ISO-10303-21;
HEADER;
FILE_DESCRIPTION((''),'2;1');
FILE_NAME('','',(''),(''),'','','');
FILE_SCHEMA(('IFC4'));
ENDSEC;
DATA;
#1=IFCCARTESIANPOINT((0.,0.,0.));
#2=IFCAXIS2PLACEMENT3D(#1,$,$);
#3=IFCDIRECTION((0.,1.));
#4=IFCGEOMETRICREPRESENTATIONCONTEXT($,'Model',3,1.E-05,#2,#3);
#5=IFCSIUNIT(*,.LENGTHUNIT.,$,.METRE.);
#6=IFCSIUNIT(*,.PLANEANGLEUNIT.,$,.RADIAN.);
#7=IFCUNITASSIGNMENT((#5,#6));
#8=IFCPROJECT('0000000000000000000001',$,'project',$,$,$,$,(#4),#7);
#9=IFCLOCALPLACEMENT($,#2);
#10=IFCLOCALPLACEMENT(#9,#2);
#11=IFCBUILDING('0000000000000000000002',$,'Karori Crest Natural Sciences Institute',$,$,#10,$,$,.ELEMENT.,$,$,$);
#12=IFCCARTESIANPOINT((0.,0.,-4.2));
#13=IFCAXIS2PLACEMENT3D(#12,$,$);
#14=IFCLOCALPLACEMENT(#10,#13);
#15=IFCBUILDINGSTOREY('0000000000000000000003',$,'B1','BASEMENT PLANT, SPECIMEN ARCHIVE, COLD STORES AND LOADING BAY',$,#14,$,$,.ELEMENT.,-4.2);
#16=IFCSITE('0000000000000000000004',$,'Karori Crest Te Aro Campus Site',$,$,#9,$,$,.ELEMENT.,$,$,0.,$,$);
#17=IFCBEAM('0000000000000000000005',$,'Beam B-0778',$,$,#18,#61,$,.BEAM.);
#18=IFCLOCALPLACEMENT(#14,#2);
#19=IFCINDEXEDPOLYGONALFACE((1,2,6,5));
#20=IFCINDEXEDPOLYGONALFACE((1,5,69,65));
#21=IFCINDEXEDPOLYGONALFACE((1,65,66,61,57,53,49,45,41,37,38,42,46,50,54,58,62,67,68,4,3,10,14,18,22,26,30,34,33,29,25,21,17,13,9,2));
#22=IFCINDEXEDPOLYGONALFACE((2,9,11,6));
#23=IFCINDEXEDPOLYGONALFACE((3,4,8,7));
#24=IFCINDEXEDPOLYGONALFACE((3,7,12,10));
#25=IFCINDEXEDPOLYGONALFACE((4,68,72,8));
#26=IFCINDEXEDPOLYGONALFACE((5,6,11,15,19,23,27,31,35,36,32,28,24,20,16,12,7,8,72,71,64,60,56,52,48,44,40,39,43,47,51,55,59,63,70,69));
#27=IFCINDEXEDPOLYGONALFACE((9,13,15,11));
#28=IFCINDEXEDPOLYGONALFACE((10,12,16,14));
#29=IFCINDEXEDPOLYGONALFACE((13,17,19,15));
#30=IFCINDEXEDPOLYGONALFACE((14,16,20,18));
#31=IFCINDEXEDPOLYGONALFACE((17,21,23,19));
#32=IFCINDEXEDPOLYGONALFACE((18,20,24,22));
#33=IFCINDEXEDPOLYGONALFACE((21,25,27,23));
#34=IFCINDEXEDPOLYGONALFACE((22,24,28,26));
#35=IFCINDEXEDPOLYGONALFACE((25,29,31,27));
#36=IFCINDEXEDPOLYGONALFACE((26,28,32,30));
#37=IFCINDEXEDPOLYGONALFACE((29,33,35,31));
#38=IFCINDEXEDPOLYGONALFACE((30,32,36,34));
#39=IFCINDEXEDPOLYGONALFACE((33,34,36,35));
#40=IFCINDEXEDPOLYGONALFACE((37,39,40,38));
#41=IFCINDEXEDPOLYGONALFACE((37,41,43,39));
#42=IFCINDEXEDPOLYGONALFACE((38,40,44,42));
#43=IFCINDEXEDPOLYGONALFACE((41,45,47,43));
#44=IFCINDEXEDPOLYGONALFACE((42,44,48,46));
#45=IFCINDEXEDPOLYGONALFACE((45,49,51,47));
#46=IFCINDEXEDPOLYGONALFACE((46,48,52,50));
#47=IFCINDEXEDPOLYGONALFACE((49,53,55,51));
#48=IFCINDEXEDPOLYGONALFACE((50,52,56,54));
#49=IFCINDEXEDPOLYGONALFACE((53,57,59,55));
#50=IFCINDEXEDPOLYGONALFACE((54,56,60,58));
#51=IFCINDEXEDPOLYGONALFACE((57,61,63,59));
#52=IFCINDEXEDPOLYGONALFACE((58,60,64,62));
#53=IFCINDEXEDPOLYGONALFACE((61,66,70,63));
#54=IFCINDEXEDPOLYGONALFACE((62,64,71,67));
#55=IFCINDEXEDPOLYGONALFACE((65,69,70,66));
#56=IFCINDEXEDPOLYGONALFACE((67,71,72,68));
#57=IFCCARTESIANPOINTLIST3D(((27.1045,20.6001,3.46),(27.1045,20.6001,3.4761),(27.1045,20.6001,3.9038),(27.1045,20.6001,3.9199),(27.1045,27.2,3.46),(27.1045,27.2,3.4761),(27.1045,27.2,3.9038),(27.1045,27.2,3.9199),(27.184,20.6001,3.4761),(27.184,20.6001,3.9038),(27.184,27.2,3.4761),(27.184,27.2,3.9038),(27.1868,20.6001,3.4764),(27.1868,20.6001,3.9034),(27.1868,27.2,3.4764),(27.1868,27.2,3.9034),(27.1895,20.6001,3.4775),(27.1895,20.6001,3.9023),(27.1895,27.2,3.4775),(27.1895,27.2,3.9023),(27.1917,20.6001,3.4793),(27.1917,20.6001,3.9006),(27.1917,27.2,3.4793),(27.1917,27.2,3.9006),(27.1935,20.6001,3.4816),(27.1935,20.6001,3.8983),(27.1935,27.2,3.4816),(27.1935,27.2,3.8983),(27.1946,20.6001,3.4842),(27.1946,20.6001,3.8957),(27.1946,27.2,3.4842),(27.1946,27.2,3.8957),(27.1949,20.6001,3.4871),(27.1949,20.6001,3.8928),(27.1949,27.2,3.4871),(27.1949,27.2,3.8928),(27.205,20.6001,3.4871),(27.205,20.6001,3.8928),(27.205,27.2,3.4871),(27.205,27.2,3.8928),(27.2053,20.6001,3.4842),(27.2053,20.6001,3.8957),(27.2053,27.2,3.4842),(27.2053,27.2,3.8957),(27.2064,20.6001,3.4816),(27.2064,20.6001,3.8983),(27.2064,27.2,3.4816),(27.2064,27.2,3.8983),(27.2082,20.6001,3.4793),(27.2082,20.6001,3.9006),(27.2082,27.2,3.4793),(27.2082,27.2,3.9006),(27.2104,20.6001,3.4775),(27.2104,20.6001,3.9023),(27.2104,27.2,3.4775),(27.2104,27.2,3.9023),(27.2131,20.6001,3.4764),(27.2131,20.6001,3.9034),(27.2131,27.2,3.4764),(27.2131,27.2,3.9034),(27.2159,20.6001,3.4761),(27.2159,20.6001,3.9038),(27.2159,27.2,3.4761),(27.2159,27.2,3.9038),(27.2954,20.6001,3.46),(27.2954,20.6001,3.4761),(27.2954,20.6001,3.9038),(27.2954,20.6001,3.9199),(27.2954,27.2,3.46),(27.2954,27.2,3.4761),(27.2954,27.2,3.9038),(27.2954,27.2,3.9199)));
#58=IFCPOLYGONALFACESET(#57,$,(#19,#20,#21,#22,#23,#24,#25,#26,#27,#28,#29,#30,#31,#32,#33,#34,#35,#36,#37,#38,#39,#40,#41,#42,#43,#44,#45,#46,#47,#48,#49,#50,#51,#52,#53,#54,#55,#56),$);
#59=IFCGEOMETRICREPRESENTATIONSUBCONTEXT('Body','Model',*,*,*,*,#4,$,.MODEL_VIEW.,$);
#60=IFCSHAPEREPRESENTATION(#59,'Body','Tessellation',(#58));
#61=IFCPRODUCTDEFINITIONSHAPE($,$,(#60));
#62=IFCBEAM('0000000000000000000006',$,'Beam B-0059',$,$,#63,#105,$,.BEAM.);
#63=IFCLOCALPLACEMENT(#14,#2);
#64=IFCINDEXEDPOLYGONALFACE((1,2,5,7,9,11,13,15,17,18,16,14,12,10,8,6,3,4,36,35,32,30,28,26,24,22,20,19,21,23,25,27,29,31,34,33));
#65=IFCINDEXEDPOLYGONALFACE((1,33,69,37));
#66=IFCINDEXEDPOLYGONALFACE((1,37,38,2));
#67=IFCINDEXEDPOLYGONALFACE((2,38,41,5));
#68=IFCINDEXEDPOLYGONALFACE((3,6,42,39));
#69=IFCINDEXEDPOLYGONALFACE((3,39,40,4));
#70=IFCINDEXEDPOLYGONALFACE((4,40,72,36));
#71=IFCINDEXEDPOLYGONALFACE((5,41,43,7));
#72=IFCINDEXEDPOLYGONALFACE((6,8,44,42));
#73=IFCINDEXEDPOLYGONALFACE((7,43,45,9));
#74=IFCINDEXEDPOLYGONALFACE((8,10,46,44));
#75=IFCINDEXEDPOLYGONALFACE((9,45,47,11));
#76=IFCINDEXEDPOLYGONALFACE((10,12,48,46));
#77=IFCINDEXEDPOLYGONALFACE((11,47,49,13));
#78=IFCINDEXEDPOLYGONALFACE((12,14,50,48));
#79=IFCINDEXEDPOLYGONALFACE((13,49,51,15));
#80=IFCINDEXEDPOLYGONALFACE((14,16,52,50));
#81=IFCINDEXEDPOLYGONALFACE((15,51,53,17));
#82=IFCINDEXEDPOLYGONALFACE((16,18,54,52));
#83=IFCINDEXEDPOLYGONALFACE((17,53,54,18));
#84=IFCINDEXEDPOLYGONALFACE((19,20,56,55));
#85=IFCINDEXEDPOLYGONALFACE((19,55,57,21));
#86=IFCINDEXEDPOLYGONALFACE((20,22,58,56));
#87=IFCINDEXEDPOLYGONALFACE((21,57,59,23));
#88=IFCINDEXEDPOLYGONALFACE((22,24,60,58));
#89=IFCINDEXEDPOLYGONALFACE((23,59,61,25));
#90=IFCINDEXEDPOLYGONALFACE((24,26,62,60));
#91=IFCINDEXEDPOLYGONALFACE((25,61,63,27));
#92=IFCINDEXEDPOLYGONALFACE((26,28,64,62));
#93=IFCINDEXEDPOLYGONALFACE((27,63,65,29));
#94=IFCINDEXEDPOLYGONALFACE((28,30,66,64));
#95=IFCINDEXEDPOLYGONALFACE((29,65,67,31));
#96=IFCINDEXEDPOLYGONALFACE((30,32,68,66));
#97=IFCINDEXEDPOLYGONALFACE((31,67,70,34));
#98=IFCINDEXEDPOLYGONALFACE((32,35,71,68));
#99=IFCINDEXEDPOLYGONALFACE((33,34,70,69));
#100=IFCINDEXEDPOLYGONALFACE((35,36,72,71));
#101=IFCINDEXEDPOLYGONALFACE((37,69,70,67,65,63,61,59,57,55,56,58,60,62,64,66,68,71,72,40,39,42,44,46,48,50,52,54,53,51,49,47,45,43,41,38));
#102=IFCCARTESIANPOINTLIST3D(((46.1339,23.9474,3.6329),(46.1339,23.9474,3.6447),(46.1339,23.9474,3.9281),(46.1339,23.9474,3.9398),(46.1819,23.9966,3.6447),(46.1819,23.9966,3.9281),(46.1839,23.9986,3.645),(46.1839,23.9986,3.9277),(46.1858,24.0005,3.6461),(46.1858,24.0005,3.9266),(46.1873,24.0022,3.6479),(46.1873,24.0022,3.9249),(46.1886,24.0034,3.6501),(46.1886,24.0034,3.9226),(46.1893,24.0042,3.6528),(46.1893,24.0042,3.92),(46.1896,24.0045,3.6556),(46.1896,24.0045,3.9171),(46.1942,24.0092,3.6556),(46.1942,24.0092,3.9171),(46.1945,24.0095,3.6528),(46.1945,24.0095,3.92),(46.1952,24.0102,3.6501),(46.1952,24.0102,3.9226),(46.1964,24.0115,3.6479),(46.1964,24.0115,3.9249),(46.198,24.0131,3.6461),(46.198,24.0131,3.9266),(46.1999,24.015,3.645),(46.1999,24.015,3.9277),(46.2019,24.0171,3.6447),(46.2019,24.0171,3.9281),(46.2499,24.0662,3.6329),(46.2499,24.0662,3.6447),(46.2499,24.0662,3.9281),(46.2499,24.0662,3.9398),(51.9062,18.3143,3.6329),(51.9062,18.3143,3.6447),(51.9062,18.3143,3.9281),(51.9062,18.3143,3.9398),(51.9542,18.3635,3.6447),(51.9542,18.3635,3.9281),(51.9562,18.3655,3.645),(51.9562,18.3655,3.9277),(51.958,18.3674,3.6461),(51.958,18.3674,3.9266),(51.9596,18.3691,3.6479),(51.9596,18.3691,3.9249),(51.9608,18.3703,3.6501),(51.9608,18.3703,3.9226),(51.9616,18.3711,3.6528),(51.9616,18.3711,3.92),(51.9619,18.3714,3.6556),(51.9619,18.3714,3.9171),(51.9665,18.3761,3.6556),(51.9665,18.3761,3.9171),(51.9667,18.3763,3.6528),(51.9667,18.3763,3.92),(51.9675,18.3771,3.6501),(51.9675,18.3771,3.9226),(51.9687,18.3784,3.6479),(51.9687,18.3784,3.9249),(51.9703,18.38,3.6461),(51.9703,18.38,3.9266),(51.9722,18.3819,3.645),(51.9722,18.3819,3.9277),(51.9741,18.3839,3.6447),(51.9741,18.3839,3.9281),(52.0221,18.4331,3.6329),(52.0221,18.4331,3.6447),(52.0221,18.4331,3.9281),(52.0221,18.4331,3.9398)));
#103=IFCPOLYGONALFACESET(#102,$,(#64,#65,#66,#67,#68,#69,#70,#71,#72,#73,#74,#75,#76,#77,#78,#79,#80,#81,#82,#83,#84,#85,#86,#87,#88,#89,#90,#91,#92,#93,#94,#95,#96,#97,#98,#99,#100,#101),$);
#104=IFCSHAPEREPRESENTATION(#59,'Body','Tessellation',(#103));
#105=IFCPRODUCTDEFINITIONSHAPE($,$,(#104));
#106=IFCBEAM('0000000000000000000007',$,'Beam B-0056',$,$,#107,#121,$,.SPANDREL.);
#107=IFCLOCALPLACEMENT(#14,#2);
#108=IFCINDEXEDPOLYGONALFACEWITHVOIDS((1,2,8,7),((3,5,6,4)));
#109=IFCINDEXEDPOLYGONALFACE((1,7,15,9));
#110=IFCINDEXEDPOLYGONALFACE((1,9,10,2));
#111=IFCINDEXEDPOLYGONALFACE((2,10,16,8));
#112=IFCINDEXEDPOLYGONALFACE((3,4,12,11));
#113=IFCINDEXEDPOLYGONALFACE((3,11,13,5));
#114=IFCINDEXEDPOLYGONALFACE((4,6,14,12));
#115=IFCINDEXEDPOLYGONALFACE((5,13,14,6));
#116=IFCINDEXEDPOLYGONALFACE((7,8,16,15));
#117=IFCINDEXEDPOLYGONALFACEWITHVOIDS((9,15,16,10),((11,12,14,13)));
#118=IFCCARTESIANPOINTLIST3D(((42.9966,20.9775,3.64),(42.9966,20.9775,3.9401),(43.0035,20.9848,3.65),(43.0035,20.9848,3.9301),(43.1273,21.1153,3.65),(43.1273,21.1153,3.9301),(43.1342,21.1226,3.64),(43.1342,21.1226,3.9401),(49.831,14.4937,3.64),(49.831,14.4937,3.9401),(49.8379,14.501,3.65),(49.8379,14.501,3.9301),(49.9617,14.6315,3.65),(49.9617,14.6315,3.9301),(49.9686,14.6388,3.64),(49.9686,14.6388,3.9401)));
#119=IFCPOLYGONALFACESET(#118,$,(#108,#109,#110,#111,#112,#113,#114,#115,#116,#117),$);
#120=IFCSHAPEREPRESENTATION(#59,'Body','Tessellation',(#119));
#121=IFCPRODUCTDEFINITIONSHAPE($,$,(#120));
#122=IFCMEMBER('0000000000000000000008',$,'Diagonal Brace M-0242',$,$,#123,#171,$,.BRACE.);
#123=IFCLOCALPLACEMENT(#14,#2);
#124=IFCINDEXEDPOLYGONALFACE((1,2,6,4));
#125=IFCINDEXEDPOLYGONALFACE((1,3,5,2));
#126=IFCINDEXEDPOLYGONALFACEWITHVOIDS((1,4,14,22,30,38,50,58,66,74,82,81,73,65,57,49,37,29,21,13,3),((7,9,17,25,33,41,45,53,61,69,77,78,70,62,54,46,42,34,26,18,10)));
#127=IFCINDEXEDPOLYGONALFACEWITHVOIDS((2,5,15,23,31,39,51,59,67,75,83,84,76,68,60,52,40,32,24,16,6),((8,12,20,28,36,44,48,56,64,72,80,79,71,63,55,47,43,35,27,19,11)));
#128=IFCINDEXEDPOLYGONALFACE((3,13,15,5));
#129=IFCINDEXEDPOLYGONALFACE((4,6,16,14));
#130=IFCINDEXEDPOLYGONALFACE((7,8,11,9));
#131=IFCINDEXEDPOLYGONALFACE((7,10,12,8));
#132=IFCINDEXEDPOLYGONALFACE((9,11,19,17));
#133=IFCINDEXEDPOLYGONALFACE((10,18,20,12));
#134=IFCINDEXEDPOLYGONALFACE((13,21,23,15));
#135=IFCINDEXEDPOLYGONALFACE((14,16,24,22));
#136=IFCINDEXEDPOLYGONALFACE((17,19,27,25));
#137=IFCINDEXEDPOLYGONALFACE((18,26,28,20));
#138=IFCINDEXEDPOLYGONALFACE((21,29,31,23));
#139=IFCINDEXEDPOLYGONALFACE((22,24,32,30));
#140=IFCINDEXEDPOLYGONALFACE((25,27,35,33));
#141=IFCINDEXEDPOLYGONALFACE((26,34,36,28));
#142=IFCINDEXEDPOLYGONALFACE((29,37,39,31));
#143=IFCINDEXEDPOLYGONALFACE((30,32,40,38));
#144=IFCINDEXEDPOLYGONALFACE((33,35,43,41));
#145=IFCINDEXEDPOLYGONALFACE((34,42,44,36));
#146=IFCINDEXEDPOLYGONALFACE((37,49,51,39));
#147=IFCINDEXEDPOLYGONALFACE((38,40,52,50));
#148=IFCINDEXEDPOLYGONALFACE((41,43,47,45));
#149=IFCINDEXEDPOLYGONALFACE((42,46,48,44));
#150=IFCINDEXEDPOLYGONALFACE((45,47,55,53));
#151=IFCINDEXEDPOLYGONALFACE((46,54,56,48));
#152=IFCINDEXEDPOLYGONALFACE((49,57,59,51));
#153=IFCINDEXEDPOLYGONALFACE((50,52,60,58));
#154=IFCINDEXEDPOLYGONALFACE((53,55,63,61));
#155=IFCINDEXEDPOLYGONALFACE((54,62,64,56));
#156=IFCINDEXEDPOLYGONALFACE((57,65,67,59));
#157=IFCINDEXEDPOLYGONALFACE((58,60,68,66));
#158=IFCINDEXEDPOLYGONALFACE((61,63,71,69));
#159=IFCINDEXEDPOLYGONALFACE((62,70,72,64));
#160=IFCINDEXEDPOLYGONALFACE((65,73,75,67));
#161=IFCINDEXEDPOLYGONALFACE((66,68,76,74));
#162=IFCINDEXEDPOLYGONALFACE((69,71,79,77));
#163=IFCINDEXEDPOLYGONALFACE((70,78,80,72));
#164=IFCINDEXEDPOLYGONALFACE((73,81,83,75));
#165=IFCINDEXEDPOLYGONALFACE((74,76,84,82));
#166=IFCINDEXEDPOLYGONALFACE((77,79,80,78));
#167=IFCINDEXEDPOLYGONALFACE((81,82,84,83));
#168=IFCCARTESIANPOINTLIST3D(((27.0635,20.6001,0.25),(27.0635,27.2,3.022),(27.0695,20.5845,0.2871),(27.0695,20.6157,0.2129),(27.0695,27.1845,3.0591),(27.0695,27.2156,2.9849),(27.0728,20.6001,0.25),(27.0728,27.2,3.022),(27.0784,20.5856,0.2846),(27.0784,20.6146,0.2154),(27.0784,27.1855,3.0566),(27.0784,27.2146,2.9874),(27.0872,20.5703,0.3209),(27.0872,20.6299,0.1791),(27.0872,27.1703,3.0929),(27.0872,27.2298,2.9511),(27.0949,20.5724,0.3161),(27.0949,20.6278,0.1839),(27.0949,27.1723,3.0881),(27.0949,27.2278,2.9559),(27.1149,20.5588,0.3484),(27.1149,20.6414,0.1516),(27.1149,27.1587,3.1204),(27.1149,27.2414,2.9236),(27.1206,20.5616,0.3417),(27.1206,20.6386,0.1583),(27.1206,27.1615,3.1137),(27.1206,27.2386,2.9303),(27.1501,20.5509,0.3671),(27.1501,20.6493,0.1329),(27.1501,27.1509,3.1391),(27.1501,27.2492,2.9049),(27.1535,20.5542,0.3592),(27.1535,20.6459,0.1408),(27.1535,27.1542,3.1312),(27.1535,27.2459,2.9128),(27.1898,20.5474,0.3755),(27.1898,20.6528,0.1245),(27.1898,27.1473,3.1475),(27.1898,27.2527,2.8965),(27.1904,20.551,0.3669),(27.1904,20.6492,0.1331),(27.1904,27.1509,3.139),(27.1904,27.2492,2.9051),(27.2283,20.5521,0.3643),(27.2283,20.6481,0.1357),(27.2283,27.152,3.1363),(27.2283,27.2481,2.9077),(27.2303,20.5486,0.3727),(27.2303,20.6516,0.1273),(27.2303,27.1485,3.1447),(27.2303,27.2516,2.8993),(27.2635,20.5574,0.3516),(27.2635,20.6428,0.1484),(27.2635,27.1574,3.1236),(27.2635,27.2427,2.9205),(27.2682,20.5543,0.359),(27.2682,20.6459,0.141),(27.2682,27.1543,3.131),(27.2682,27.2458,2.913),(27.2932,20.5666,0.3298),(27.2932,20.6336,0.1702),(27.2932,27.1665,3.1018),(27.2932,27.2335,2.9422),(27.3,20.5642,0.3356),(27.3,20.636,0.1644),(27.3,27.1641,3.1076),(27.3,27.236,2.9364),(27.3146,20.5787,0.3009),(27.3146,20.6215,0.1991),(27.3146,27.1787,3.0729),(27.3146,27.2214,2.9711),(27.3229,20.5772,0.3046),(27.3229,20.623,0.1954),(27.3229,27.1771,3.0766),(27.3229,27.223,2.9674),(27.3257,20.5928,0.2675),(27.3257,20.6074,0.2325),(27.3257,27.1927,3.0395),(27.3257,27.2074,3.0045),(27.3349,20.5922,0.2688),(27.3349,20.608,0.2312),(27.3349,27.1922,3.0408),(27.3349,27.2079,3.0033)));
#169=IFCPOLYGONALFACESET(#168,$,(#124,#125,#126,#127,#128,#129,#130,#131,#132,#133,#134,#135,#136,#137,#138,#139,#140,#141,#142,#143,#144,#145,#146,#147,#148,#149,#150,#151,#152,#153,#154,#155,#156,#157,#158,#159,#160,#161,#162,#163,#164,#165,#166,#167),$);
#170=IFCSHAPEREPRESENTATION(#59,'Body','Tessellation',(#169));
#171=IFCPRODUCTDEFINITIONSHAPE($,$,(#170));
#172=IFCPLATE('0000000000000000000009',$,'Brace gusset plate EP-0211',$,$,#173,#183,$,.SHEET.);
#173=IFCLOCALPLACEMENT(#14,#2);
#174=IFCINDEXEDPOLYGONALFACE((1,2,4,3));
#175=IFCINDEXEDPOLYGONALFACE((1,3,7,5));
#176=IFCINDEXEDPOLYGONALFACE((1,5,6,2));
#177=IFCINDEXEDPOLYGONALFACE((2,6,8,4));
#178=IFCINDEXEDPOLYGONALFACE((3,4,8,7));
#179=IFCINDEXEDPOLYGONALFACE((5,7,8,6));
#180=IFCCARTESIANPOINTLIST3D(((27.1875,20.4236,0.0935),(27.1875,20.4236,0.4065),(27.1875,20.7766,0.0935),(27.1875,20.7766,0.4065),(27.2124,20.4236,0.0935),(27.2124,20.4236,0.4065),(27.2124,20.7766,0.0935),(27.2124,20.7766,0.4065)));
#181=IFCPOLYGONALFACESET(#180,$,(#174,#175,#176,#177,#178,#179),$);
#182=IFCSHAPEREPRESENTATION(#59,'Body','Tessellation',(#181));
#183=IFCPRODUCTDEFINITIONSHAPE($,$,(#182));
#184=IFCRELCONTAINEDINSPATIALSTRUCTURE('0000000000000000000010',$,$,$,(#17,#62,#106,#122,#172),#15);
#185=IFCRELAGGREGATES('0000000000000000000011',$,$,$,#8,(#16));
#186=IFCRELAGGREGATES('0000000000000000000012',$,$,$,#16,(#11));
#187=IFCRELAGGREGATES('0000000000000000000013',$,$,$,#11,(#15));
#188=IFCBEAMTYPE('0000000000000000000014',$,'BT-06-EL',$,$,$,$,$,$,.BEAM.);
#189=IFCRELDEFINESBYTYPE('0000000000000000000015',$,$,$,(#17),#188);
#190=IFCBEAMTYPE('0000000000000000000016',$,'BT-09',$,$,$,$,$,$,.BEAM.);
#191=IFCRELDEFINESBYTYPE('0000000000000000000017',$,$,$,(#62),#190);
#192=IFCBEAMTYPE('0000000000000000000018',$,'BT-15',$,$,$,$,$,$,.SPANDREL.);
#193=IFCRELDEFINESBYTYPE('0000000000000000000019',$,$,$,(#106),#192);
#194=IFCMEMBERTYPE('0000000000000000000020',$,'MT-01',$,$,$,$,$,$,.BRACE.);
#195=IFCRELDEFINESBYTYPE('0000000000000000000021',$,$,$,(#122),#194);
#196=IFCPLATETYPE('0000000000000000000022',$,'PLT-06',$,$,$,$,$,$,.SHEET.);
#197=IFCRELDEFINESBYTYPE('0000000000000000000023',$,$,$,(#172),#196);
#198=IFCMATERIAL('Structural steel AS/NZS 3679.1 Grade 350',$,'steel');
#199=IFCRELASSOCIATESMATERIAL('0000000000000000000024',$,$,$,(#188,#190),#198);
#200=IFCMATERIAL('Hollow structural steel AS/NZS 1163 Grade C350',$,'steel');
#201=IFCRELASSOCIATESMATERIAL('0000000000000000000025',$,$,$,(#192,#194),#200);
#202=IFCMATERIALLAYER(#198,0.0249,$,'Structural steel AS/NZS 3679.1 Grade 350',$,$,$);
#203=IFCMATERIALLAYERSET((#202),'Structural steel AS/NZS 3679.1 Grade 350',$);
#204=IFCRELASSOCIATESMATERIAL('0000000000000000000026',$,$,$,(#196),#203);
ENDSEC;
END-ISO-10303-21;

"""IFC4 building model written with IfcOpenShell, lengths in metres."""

from ifc_helpers import new_model, si_unit, direction, frame, origin, origin_2d, place, context, subcontext, project, spatial, rectangle, hollow_rectangle, hollow_circle, i_section, extrude, material, layer, layer_set, material_profile, profile_set, type_object, element, save


model = new_model("IFC4")

# Units and contexts
model_context = context("Model", 3, precision=1e-05, world=origin(), true_north=direction((0.0, 1.0)))
body_context = subcontext(model_context, "Body", "Model", "MODEL_VIEW")
ifc_project = project(units=[si_unit("LENGTHUNIT", "METRE"), si_unit("PLANEANGLEUNIT", "RADIAN")], contexts=[model_context])

# Site, building, storey
site_placement = place(None, origin())
site = spatial("IfcSite", under=ifc_project, at=site_placement, Name="Karori Crest Te Aro Campus Site", CompositionType="ELEMENT", RefElevation=0.0)
building_placement = place(site_placement, origin())
building = spatial("IfcBuilding", under=site, at=building_placement, Name="Karori Crest Natural Sciences Institute", CompositionType="ELEMENT")
storey_placement = place(building_placement, frame((0.0, 0.0, -4.2)))
storey = spatial("IfcBuildingStorey", under=building, at=storey_placement, Name="B1", Description="BASEMENT PLANT, SPECIMEN ARCHIVE, COLD STORES AND LOADING BAY", CompositionType="ELEMENT", Elevation=-4.2)

# Shared definitions
ifc_material_1 = material(Name="Structural steel AS/NZS 3679.1 Grade 350", Category="steel")
ifc_material_2 = material(Name="Hollow structural steel AS/NZS 1163 Grade C350", Category="steel")

# Beams
ifc_material_profile_1 = material_profile(ifc_material_1, i_section(OverallWidth=0.1909, OverallDepth=0.46, WebThickness=0.01, FlangeThickness=0.0161, FilletRadius=0.011, at=origin_2d()), Name="460UB82.1")
ifc_profile_set_1 = profile_set([ifc_material_profile_1], Name="Structural steel AS/NZS 3679.1 Grade 350")
beam_type_1 = type_object("IfcBeamType", Name="BT-06-EL", PredefinedType="BEAM", material=ifc_profile_set_1)
beam_1_placement = place(storey_placement, frame((27.2, 20.6001, 3.6899), z_axis=(0.0, 1.0, 0.0), x_axis=(-1.0, 0.0, 0.0)))
element("IfcBeam", 1, at=beam_1_placement, inside=storey, type_object=beam_type_1, Name="Beam B-0778", PredefinedType="BEAM", context=body_context, shape_type="SweptSolid", body=[
    extrude(i_section(OverallWidth=0.1909, OverallDepth=0.46, WebThickness=0.01, FlangeThickness=0.0161, FilletRadius=0.011, at=origin_2d()), origin(), (0.0, 0.0, 1.0), 6.5999),
])
ifc_material_profile_2 = material_profile(ifc_material_1, i_section(OverallWidth=0.166, OverallDepth=0.3069, WebThickness=0.0066, FlangeThickness=0.0117, FilletRadius=0.011, at=origin_2d()), Name="310UB46.2")
ifc_profile_set_2 = profile_set([ifc_material_profile_2], Name="Structural steel AS/NZS 3679.1 Grade 350")
beam_type_2 = type_object("IfcBeamType", Name="BT-09", PredefinedType="BEAM", material=ifc_profile_set_2)
beam_2_placement = place(storey_placement, frame((46.1919, 24.0068, 3.7864), z_axis=(0.715681, -0.698427, 0.0), x_axis=(0.698427, 0.715681, 0.0)))
element("IfcBeam", 2, at=beam_2_placement, inside=storey, type_object=beam_type_2, Name="Beam B-0059", PredefinedType="BEAM", context=body_context, shape_type="SweptSolid", body=[
    extrude(i_section(OverallWidth=0.166, OverallDepth=0.3069, WebThickness=0.0066, FlangeThickness=0.0117, FilletRadius=0.011, at=origin_2d()), origin(), (0.0, 0.0, 1.0), 8.0654),
])
ifc_material_profile_3 = material_profile(ifc_material_2, hollow_rectangle(XDim=0.2, YDim=0.3, WallThickness=0.01, at=origin_2d()), Name="RHS300x200x10")
ifc_profile_set_3 = profile_set([ifc_material_profile_3], Name="Hollow structural steel AS/NZS 1163 Grade C350")
beam_type_3 = type_object("IfcBeamType", Name="BT-15", PredefinedType="SPANDREL", material=ifc_profile_set_3)
beam_3_placement = place(storey_placement, frame((43.0654, 21.05, 3.79), z_axis=(0.725469, -0.688255, 0.0), x_axis=(0.688255, 0.725469, 0.0)))
element("IfcBeam", 3, at=beam_3_placement, inside=storey, type_object=beam_type_3, Name="Beam B-0056", PredefinedType="SPANDREL", context=body_context, shape_type="SweptSolid", body=[
    extrude(hollow_rectangle(XDim=0.2, YDim=0.3, WallThickness=0.01, at=origin_2d()), origin(), (0.0, 0.0, 1.0), 9.4207),
])

# Member
ifc_material_profile_4 = material_profile(ifc_material_2, hollow_circle(Radius=0.1365, WallThickness=0.0093, at=origin_2d()), Name="CHS273.0x9.3")
ifc_profile_set_4 = profile_set([ifc_material_profile_4], Name="Hollow structural steel AS/NZS 1163 Grade C350")
member_type = type_object("IfcMemberType", Name="MT-01", PredefinedType="BRACE", material=ifc_profile_set_4)
member_placement = place(storey_placement, frame((27.2, 20.6001, 0.25), z_axis=(0.0, 0.92198, 0.387237), x_axis=(-1.0, 0.0, 0.0)))
element("IfcMember", 4, at=member_placement, inside=storey, type_object=member_type, Name="Diagonal Brace M-0242", PredefinedType="BRACE", context=body_context, shape_type="SweptSolid", body=[
    extrude(hollow_circle(Radius=0.1365, WallThickness=0.0093, at=origin_2d()), origin(), (0.0, 0.0, 1.0), 7.1584),
])

# Plate
ifc_layer_1 = layer(ifc_material_1, 0.0249, Name="Structural steel AS/NZS 3679.1 Grade 350")
ifc_layer_set_1 = layer_set([ifc_layer_1], Name="Structural steel AS/NZS 3679.1 Grade 350")
plate_type = type_object("IfcPlateType", Name="PLT-06", PredefinedType="SHEET", material=ifc_layer_set_1)
plate_placement = place(storey_placement, frame((27.2, 20.6001, 0.0935), z_axis=(0.0, 0.0, 1.0), x_axis=(0.0, 1.0, 0.0)))
element("IfcPlate", 5, at=plate_placement, inside=storey, type_object=plate_type, Name="Brace gusset plate EP-0211", PredefinedType="SHEET", context=body_context, shape_type="SweptSolid", body=[
    extrude(rectangle(XDim=0.353, YDim=0.0249, at=origin_2d()), origin(), (0.0, 0.0, 1.0), 0.313),
])

save(model, "model.ifc")
